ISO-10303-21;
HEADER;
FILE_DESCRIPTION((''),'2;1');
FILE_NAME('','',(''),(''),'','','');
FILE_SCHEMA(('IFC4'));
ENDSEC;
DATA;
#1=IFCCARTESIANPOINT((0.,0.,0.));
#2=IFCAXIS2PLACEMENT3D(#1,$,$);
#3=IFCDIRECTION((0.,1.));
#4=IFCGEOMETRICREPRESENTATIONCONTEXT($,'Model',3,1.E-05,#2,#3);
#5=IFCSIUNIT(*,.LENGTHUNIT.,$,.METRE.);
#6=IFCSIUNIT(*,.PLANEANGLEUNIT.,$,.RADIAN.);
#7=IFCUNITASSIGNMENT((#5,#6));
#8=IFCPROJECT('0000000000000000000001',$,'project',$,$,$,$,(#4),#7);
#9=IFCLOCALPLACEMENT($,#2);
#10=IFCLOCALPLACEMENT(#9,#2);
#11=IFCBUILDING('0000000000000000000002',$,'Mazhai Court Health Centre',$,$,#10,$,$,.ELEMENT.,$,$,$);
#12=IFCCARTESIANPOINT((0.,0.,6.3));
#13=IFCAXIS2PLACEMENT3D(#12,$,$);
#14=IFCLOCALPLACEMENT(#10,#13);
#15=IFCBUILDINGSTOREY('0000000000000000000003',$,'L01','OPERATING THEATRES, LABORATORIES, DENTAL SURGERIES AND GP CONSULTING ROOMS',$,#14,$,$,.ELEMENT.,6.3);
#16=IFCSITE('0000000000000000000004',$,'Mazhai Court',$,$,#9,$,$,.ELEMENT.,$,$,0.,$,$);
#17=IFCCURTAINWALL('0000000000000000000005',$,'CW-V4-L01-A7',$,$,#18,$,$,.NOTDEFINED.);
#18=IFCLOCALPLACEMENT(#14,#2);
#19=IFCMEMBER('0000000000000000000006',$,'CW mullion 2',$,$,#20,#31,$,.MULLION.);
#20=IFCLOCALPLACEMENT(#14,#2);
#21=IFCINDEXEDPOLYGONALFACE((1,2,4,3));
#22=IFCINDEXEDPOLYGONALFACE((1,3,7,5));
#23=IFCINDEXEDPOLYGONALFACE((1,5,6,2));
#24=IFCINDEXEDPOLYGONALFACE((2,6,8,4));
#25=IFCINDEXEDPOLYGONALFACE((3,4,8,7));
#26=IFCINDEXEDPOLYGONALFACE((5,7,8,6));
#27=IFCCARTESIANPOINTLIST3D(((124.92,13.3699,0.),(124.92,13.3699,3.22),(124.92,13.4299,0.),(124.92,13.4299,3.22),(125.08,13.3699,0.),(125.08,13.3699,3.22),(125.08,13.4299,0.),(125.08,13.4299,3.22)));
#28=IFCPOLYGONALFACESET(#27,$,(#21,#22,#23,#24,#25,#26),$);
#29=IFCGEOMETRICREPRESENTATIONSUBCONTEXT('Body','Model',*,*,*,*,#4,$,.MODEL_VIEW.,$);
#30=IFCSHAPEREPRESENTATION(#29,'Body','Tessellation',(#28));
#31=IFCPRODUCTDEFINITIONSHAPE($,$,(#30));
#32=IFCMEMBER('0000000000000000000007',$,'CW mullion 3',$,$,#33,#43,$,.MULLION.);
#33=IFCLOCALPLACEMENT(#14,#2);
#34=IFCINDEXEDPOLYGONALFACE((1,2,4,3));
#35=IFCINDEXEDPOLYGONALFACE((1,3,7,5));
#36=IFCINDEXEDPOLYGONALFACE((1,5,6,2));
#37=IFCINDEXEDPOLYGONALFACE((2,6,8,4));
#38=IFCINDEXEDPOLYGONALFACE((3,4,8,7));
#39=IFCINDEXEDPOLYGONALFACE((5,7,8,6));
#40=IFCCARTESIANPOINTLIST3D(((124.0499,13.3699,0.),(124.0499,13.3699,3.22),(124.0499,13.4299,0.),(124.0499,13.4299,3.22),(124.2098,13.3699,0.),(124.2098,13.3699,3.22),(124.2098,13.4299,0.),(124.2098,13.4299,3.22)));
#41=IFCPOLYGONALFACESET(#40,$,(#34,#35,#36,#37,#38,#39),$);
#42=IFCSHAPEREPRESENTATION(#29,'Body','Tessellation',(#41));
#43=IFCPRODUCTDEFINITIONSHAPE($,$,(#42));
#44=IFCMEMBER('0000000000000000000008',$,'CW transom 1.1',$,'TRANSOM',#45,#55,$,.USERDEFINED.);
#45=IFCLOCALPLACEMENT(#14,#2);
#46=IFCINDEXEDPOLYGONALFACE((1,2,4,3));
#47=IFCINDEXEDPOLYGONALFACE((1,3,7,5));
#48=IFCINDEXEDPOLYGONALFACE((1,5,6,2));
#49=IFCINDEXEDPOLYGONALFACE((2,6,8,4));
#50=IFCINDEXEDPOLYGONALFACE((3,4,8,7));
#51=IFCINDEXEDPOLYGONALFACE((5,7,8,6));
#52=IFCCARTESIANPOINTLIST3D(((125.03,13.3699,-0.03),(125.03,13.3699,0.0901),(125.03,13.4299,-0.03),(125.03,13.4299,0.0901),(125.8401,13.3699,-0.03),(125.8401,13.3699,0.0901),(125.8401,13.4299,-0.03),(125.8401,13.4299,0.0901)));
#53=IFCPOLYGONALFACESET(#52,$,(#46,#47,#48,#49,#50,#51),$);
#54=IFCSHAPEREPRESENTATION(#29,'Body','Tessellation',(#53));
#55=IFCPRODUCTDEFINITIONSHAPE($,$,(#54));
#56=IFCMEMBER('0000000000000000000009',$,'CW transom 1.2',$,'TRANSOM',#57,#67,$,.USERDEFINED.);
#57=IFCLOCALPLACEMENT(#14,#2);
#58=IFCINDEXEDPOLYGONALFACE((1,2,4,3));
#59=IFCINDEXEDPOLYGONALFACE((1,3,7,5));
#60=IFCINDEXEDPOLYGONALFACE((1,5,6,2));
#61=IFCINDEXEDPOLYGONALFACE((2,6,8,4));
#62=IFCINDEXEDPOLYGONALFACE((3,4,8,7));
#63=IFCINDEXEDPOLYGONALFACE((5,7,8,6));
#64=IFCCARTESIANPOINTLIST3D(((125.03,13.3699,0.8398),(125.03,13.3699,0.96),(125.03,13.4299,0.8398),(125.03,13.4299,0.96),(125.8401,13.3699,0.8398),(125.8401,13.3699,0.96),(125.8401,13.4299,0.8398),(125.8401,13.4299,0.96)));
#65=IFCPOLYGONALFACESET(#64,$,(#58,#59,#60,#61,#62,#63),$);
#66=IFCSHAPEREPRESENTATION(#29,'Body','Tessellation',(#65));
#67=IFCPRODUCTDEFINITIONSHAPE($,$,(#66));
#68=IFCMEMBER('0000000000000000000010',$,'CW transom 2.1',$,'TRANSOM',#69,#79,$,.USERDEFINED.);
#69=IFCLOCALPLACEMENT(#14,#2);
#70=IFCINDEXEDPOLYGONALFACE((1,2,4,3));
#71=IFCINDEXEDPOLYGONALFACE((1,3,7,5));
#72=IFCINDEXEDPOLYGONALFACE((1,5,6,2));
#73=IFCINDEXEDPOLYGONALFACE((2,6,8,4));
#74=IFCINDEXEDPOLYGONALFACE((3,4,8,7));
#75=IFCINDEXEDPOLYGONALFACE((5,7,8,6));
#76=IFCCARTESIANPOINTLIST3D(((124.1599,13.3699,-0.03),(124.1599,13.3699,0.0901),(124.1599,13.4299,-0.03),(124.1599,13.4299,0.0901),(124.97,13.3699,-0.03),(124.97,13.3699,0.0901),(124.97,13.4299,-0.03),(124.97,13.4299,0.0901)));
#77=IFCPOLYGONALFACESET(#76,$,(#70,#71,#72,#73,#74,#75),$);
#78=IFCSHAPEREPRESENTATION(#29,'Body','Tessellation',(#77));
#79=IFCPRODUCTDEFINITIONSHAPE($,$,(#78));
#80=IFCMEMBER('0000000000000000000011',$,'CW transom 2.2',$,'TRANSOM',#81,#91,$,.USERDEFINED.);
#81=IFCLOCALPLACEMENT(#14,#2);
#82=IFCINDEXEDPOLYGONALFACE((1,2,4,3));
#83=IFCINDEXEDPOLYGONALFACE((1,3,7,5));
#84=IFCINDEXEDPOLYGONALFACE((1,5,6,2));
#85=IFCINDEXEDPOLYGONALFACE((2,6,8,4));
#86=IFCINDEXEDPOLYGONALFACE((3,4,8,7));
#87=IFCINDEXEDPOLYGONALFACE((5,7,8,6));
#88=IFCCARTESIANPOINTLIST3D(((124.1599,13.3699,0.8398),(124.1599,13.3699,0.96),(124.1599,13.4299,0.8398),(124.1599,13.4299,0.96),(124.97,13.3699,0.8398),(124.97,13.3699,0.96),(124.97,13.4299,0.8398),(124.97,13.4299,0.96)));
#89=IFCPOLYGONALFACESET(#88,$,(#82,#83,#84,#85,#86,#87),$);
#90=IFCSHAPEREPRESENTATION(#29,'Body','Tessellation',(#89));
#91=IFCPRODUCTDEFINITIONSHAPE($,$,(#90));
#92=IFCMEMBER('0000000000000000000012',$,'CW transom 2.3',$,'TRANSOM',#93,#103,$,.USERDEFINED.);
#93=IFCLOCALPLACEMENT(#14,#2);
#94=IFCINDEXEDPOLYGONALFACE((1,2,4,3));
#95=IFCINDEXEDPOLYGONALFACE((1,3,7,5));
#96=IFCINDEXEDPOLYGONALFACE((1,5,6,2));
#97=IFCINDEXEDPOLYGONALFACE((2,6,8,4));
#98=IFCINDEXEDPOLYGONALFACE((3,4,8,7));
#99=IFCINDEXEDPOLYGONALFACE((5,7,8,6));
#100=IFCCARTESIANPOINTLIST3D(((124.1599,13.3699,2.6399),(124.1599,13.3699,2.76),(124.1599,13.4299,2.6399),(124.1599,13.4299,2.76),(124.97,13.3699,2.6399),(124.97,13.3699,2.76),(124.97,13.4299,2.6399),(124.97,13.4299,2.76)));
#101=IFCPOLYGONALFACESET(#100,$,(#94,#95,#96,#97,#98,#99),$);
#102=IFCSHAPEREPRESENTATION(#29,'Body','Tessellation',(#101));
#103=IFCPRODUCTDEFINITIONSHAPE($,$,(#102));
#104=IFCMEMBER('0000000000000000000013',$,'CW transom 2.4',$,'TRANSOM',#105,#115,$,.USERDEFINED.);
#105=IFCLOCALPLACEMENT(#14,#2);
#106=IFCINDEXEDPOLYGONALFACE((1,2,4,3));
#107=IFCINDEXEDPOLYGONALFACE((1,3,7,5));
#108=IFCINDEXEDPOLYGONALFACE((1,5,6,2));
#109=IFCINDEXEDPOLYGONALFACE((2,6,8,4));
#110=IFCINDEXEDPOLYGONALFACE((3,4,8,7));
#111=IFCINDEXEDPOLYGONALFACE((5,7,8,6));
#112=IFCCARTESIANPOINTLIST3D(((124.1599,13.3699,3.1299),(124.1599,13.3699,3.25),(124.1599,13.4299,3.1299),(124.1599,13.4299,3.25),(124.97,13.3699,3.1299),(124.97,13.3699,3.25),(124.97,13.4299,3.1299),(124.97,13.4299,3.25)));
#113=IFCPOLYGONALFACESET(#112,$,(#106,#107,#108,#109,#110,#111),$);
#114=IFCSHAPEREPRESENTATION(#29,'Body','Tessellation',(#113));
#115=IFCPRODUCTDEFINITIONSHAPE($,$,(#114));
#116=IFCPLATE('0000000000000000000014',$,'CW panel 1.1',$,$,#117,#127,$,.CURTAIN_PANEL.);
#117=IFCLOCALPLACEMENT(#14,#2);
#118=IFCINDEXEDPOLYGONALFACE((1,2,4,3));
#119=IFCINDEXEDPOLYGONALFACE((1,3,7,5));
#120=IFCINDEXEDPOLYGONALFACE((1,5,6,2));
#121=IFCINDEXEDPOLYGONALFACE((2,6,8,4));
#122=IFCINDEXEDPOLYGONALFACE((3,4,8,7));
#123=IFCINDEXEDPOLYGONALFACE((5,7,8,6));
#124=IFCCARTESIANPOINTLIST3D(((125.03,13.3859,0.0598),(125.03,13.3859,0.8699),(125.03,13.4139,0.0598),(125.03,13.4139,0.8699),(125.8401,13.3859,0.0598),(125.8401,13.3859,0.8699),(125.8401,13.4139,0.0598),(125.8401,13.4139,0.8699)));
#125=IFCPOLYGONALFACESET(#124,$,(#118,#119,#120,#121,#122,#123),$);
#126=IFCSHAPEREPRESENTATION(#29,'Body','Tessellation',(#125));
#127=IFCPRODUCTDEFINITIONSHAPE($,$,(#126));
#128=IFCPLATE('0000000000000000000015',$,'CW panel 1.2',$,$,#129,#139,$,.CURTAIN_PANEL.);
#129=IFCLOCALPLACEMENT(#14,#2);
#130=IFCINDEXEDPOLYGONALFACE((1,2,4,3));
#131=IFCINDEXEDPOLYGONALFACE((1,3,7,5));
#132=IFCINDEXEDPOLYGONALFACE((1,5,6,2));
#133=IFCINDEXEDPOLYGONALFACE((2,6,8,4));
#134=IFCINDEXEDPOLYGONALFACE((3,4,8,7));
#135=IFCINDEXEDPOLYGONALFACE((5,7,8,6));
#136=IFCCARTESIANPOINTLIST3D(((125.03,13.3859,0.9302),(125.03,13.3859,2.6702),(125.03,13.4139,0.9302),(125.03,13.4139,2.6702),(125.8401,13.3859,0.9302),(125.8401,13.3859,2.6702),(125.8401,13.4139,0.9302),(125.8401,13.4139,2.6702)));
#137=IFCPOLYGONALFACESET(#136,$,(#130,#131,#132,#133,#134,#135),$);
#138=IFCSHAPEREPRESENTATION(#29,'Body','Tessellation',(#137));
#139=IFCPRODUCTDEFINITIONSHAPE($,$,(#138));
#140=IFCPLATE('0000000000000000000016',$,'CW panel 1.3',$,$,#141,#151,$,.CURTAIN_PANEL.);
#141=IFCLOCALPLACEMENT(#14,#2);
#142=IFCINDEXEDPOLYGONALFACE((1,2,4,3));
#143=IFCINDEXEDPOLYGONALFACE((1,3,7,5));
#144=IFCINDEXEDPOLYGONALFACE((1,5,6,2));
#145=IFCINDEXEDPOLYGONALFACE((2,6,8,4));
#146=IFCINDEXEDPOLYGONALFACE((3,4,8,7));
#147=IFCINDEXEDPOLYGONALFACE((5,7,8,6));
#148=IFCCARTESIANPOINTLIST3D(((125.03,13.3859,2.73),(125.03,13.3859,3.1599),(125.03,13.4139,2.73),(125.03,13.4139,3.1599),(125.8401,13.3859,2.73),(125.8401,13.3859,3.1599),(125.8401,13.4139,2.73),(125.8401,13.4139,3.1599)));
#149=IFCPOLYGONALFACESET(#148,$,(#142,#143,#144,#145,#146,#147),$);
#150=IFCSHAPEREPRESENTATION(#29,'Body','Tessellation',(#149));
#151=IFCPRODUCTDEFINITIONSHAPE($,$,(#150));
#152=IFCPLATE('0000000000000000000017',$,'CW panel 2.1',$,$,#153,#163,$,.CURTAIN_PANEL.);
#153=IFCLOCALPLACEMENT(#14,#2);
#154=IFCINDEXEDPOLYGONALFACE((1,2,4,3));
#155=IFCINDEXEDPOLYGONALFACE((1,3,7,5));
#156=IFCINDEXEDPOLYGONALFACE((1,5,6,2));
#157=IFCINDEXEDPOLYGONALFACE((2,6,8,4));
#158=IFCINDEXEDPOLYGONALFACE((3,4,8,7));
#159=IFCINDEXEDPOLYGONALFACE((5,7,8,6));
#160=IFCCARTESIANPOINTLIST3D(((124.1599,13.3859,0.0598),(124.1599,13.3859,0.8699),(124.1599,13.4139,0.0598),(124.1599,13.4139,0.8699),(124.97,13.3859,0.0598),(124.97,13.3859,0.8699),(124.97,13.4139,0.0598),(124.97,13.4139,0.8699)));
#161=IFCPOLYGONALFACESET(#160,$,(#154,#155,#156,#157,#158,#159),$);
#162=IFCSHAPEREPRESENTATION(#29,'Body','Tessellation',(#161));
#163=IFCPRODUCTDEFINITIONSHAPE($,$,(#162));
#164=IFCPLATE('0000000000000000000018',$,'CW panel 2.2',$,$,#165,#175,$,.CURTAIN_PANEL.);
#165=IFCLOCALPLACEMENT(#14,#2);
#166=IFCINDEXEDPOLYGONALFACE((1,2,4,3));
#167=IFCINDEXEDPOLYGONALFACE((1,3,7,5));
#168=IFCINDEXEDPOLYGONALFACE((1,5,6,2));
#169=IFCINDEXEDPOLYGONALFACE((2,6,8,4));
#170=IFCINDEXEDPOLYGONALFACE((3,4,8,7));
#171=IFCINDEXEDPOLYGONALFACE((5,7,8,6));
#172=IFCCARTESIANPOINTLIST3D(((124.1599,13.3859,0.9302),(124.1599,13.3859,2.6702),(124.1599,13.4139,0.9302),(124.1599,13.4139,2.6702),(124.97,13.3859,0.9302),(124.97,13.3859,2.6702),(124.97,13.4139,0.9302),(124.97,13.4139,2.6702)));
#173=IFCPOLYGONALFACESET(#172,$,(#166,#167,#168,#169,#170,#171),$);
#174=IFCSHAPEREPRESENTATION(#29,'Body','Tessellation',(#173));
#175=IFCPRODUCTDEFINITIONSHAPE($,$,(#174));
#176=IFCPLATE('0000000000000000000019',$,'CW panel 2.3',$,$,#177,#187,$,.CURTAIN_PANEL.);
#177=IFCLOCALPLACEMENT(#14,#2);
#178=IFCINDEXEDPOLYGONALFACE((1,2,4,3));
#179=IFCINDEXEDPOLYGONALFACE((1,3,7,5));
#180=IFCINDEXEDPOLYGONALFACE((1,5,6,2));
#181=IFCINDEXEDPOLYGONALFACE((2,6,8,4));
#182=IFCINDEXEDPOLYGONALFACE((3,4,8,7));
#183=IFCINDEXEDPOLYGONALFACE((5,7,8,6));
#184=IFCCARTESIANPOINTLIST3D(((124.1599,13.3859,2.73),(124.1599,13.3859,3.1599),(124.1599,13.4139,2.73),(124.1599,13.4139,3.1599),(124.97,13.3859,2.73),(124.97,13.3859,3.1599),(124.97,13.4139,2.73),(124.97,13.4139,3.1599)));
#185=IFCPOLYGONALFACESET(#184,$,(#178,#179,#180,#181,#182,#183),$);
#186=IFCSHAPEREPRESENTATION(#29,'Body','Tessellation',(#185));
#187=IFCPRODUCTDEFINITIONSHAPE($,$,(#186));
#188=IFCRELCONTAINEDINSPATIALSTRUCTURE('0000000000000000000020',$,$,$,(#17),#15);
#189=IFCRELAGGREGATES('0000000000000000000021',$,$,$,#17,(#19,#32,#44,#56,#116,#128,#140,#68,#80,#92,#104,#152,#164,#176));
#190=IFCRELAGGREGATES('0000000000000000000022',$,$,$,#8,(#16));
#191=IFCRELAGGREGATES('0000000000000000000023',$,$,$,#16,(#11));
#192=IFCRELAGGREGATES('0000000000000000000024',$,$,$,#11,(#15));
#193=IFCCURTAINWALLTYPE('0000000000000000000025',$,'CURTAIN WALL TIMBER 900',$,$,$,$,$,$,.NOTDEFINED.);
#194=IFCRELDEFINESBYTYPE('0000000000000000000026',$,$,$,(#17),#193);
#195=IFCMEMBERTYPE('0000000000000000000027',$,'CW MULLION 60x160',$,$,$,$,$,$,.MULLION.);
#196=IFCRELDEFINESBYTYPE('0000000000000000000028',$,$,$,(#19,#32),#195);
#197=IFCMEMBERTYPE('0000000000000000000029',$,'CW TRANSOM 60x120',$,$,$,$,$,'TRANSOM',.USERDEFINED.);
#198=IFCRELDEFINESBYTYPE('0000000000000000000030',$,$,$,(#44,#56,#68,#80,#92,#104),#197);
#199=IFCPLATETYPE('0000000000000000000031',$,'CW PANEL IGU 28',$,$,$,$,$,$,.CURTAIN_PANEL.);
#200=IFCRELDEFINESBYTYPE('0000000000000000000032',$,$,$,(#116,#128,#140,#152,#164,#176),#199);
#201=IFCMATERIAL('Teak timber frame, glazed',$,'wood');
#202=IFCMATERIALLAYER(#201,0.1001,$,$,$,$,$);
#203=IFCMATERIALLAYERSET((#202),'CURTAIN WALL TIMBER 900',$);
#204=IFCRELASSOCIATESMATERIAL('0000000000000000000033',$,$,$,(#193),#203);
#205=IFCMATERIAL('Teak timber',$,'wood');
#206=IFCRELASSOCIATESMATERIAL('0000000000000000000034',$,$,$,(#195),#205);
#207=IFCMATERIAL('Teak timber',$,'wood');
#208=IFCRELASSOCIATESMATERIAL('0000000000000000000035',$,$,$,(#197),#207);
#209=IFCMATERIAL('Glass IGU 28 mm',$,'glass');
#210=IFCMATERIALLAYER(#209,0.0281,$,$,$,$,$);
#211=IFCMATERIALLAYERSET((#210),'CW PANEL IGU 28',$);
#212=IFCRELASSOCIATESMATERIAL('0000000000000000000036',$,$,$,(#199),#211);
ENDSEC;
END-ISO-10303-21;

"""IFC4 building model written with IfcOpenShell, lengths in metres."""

from ifc_helpers import new_model, si_unit, direction, frame, origin, origin_2d, place, context, subcontext, project, spatial, rectangle, extrude, material, layer, layer_set, material_profile, profile_set, type_object, element, aggregate, save


model = new_model("IFC4")

# Units and contexts
model_context = context("Model", 3, precision=1e-05, world=origin(), true_north=direction((0.0, 1.0)))
body_context = subcontext(model_context, "Body", "Model", "MODEL_VIEW")
ifc_project = project(units=[si_unit("LENGTHUNIT", "METRE"), si_unit("PLANEANGLEUNIT", "RADIAN")], contexts=[model_context])

# Site, building, storey
site_placement = place(None, origin())
site = spatial("IfcSite", under=ifc_project, at=site_placement, Name="Mazhai Court", CompositionType="ELEMENT", RefElevation=0.0)
building_placement = place(site_placement, origin())
building = spatial("IfcBuilding", under=site, at=building_placement, Name="Mazhai Court Health Centre", CompositionType="ELEMENT")
storey_placement = place(building_placement, frame((0.0, 0.0, 6.3)))
storey = spatial("IfcBuildingStorey", under=building, at=storey_placement, Name="L01", Description="OPERATING THEATRES, LABORATORIES, DENTAL SURGERIES AND GP CONSULTING ROOMS", CompositionType="ELEMENT", Elevation=6.3)

# Curtain wall, members, plates
ifc_material_1 = material(Name="Teak timber frame, glazed", Category="wood")
ifc_layer_1 = layer(ifc_material_1, 0.1001)
ifc_layer_set_1 = layer_set([ifc_layer_1], Name="CURTAIN WALL TIMBER 900")
curtain_wall_type = type_object("IfcCurtainWallType", Name="CURTAIN WALL TIMBER 900", PredefinedType="NOTDEFINED", material=ifc_layer_set_1)
curtain_wall_placement = place(storey_placement, origin())
curtain_wall = element("IfcCurtainWall", 1, at=curtain_wall_placement, inside=storey, type_object=curtain_wall_type, Name="CW-V4-L01-A7", PredefinedType="NOTDEFINED")
ifc_material_2 = material(Name="Teak timber", Category="wood")
ifc_material_profile_1 = material_profile(ifc_material_2, rectangle(XDim=0.0601, YDim=0.1599, at=origin_2d()), Name="CW MULLION 60x160")
ifc_profile_set_1 = profile_set([ifc_material_profile_1], Name="Teak timber")
member_type_1 = type_object("IfcMemberType", Name="CW MULLION 60x160", PredefinedType="MULLION", material=ifc_profile_set_1)
member_1_placement = place(storey_placement, frame((125.0, 13.3999, 0.0), z_axis=(0.0, 0.0, 1.0), x_axis=(0.0, -1.0, 0.0)))
member_1 = element("IfcMember", 2, at=member_1_placement, type_object=member_type_1, Name="CW mullion 2", PredefinedType="MULLION", context=body_context, shape_type="SweptSolid", body=[
    extrude(rectangle(XDim=0.0601, YDim=0.1599, at=origin_2d()), origin(), (0.0, 0.0, 1.0), 3.22),
])
member_2_placement = place(storey_placement, frame((124.1299, 13.3999, 0.0), z_axis=(0.0, 0.0, 1.0), x_axis=(0.0, -1.0, 0.0)))
member_2 = element("IfcMember", 3, at=member_2_placement, type_object=member_type_1, Name="CW mullion 3", PredefinedType="MULLION", context=body_context, shape_type="SweptSolid", body=[
    extrude(rectangle(XDim=0.0601, YDim=0.1599, at=origin_2d()), origin(), (0.0, 0.0, 1.0), 3.22),
])
ifc_material_3 = material(Name="Teak timber", Category="wood")
ifc_material_profile_2 = material_profile(ifc_material_3, rectangle(XDim=0.0601, YDim=0.1201, at=origin_2d()), Name="CW TRANSOM 60x120")
ifc_profile_set_2 = profile_set([ifc_material_profile_2], Name="Teak timber")
member_type_2 = type_object("IfcMemberType", Name="CW TRANSOM 60x120", ElementType="TRANSOM", PredefinedType="USERDEFINED", material=ifc_profile_set_2)
member_3_placement = place(storey_placement, frame((125.8401, 13.3999, 0.03), z_axis=(-1.0, 0.0, 0.0), x_axis=(0.0, -1.0, 0.0)))
member_3 = element("IfcMember", 4, at=member_3_placement, type_object=member_type_2, Name="CW transom 1.1", ObjectType="TRANSOM", PredefinedType="USERDEFINED", context=body_context, shape_type="SweptSolid", body=[
    extrude(rectangle(XDim=0.0601, YDim=0.1201, at=origin_2d()), origin(), (0.0, 0.0, 1.0), 0.8101),
])
member_4_placement = place(storey_placement, frame((125.8401, 13.3999, 0.8999), z_axis=(-1.0, 0.0, 0.0), x_axis=(0.0, -1.0, 0.0)))
member_4 = element("IfcMember", 5, at=member_4_placement, type_object=member_type_2, Name="CW transom 1.2", ObjectType="TRANSOM", PredefinedType="USERDEFINED", context=body_context, shape_type="SweptSolid", body=[
    extrude(rectangle(XDim=0.0601, YDim=0.1201, at=origin_2d()), origin(), (0.0, 0.0, 1.0), 0.8101),
])
member_5_placement = place(storey_placement, frame((124.97, 13.3999, 0.03), z_axis=(-1.0, 0.0, 0.0), x_axis=(0.0, -1.0, 0.0)))
member_5 = element("IfcMember", 6, at=member_5_placement, type_object=member_type_2, Name="CW transom 2.1", ObjectType="TRANSOM", PredefinedType="USERDEFINED", context=body_context, shape_type="SweptSolid", body=[
    extrude(rectangle(XDim=0.0601, YDim=0.1201, at=origin_2d()), origin(), (0.0, 0.0, 1.0), 0.8101),
])
member_6_placement = place(storey_placement, frame((124.97, 13.3999, 0.8999), z_axis=(-1.0, 0.0, 0.0), x_axis=(0.0, -1.0, 0.0)))
member_6 = element("IfcMember", 7, at=member_6_placement, type_object=member_type_2, Name="CW transom 2.2", ObjectType="TRANSOM", PredefinedType="USERDEFINED", context=body_context, shape_type="SweptSolid", body=[
    extrude(rectangle(XDim=0.0601, YDim=0.1201, at=origin_2d()), origin(), (0.0, 0.0, 1.0), 0.8101),
])
member_7_placement = place(storey_placement, frame((124.97, 13.3999, 2.7), z_axis=(-1.0, 0.0, 0.0), x_axis=(0.0, -1.0, 0.0)))
member_7 = element("IfcMember", 8, at=member_7_placement, type_object=member_type_2, Name="CW transom 2.3", ObjectType="TRANSOM", PredefinedType="USERDEFINED", context=body_context, shape_type="SweptSolid", body=[
    extrude(rectangle(XDim=0.0601, YDim=0.1201, at=origin_2d()), origin(), (0.0, 0.0, 1.0), 0.8101),
])
member_8_placement = place(storey_placement, frame((124.97, 13.3999, 3.1899), z_axis=(-1.0, 0.0, 0.0), x_axis=(0.0, -1.0, 0.0)))
member_8 = element("IfcMember", 9, at=member_8_placement, type_object=member_type_2, Name="CW transom 2.4", ObjectType="TRANSOM", PredefinedType="USERDEFINED", context=body_context, shape_type="SweptSolid", body=[
    extrude(rectangle(XDim=0.0601, YDim=0.1201, at=origin_2d()), origin(), (0.0, 0.0, 1.0), 0.8101),
])
ifc_material_4 = material(Name="Glass IGU 28 mm", Category="glass")
ifc_layer_2 = layer(ifc_material_4, 0.0281)
ifc_layer_set_2 = layer_set([ifc_layer_2], Name="CW PANEL IGU 28")
plate_type = type_object("IfcPlateType", Name="CW PANEL IGU 28", PredefinedType="CURTAIN_PANEL", material=ifc_layer_set_2)
plate_1_placement = place(storey_placement, frame((125.4351, 13.3999, 0.0598), z_axis=(0.0, 0.0, 1.0), x_axis=(-1.0, 0.0, 0.0)))
plate_1 = element("IfcPlate", 10, at=plate_1_placement, type_object=plate_type, Name="CW panel 1.1", PredefinedType="CURTAIN_PANEL", context=body_context, shape_type="SweptSolid", body=[
    extrude(rectangle(XDim=0.8101, YDim=0.0281, at=origin_2d()), origin(), (0.0, 0.0, 1.0), 0.8101),
])
plate_2_placement = place(storey_placement, frame((125.4351, 13.3999, 0.9302), z_axis=(0.0, 0.0, 1.0), x_axis=(-1.0, 0.0, 0.0)))
plate_2 = element("IfcPlate", 11, at=plate_2_placement, type_object=plate_type, Name="CW panel 1.2", PredefinedType="CURTAIN_PANEL", context=body_context, shape_type="SweptSolid", body=[
    extrude(rectangle(XDim=0.8101, YDim=0.0281, at=origin_2d()), origin(), (0.0, 0.0, 1.0), 1.74),
])
plate_3_placement = place(storey_placement, frame((125.4351, 13.3999, 2.73), z_axis=(0.0, 0.0, 1.0), x_axis=(-1.0, 0.0, 0.0)))
plate_3 = element("IfcPlate", 12, at=plate_3_placement, type_object=plate_type, Name="CW panel 1.3", PredefinedType="CURTAIN_PANEL", context=body_context, shape_type="SweptSolid", body=[
    extrude(rectangle(XDim=0.8101, YDim=0.0281, at=origin_2d()), origin(), (0.0, 0.0, 1.0), 0.4299),
])
plate_4_placement = place(storey_placement, frame((124.5649, 13.3999, 0.0598), z_axis=(0.0, 0.0, 1.0), x_axis=(-1.0, 0.0, 0.0)))
plate_4 = element("IfcPlate", 13, at=plate_4_placement, type_object=plate_type, Name="CW panel 2.1", PredefinedType="CURTAIN_PANEL", context=body_context, shape_type="SweptSolid", body=[
    extrude(rectangle(XDim=0.8101, YDim=0.0281, at=origin_2d()), origin(), (0.0, 0.0, 1.0), 0.8101),
])
plate_5_placement = place(storey_placement, frame((124.5649, 13.3999, 0.9302), z_axis=(0.0, 0.0, 1.0), x_axis=(-1.0, 0.0, 0.0)))
plate_5 = element("IfcPlate", 14, at=plate_5_placement, type_object=plate_type, Name="CW panel 2.2", PredefinedType="CURTAIN_PANEL", context=body_context, shape_type="SweptSolid", body=[
    extrude(rectangle(XDim=0.8101, YDim=0.0281, at=origin_2d()), origin(), (0.0, 0.0, 1.0), 1.74),
])
plate_6_placement = place(storey_placement, frame((124.5649, 13.3999, 2.73), z_axis=(0.0, 0.0, 1.0), x_axis=(-1.0, 0.0, 0.0)))
plate_6 = element("IfcPlate", 15, at=plate_6_placement, type_object=plate_type, Name="CW panel 2.3", PredefinedType="CURTAIN_PANEL", context=body_context, shape_type="SweptSolid", body=[
    extrude(rectangle(XDim=0.8101, YDim=0.0281, at=origin_2d()), origin(), (0.0, 0.0, 1.0), 0.4299),
])
aggregate(curtain_wall, [member_1, member_2, member_3, member_4, plate_1, plate_2, plate_3, member_5, member_6, member_7, member_8, plate_4, plate_5, plate_6])

save(model, "model.ifc")
